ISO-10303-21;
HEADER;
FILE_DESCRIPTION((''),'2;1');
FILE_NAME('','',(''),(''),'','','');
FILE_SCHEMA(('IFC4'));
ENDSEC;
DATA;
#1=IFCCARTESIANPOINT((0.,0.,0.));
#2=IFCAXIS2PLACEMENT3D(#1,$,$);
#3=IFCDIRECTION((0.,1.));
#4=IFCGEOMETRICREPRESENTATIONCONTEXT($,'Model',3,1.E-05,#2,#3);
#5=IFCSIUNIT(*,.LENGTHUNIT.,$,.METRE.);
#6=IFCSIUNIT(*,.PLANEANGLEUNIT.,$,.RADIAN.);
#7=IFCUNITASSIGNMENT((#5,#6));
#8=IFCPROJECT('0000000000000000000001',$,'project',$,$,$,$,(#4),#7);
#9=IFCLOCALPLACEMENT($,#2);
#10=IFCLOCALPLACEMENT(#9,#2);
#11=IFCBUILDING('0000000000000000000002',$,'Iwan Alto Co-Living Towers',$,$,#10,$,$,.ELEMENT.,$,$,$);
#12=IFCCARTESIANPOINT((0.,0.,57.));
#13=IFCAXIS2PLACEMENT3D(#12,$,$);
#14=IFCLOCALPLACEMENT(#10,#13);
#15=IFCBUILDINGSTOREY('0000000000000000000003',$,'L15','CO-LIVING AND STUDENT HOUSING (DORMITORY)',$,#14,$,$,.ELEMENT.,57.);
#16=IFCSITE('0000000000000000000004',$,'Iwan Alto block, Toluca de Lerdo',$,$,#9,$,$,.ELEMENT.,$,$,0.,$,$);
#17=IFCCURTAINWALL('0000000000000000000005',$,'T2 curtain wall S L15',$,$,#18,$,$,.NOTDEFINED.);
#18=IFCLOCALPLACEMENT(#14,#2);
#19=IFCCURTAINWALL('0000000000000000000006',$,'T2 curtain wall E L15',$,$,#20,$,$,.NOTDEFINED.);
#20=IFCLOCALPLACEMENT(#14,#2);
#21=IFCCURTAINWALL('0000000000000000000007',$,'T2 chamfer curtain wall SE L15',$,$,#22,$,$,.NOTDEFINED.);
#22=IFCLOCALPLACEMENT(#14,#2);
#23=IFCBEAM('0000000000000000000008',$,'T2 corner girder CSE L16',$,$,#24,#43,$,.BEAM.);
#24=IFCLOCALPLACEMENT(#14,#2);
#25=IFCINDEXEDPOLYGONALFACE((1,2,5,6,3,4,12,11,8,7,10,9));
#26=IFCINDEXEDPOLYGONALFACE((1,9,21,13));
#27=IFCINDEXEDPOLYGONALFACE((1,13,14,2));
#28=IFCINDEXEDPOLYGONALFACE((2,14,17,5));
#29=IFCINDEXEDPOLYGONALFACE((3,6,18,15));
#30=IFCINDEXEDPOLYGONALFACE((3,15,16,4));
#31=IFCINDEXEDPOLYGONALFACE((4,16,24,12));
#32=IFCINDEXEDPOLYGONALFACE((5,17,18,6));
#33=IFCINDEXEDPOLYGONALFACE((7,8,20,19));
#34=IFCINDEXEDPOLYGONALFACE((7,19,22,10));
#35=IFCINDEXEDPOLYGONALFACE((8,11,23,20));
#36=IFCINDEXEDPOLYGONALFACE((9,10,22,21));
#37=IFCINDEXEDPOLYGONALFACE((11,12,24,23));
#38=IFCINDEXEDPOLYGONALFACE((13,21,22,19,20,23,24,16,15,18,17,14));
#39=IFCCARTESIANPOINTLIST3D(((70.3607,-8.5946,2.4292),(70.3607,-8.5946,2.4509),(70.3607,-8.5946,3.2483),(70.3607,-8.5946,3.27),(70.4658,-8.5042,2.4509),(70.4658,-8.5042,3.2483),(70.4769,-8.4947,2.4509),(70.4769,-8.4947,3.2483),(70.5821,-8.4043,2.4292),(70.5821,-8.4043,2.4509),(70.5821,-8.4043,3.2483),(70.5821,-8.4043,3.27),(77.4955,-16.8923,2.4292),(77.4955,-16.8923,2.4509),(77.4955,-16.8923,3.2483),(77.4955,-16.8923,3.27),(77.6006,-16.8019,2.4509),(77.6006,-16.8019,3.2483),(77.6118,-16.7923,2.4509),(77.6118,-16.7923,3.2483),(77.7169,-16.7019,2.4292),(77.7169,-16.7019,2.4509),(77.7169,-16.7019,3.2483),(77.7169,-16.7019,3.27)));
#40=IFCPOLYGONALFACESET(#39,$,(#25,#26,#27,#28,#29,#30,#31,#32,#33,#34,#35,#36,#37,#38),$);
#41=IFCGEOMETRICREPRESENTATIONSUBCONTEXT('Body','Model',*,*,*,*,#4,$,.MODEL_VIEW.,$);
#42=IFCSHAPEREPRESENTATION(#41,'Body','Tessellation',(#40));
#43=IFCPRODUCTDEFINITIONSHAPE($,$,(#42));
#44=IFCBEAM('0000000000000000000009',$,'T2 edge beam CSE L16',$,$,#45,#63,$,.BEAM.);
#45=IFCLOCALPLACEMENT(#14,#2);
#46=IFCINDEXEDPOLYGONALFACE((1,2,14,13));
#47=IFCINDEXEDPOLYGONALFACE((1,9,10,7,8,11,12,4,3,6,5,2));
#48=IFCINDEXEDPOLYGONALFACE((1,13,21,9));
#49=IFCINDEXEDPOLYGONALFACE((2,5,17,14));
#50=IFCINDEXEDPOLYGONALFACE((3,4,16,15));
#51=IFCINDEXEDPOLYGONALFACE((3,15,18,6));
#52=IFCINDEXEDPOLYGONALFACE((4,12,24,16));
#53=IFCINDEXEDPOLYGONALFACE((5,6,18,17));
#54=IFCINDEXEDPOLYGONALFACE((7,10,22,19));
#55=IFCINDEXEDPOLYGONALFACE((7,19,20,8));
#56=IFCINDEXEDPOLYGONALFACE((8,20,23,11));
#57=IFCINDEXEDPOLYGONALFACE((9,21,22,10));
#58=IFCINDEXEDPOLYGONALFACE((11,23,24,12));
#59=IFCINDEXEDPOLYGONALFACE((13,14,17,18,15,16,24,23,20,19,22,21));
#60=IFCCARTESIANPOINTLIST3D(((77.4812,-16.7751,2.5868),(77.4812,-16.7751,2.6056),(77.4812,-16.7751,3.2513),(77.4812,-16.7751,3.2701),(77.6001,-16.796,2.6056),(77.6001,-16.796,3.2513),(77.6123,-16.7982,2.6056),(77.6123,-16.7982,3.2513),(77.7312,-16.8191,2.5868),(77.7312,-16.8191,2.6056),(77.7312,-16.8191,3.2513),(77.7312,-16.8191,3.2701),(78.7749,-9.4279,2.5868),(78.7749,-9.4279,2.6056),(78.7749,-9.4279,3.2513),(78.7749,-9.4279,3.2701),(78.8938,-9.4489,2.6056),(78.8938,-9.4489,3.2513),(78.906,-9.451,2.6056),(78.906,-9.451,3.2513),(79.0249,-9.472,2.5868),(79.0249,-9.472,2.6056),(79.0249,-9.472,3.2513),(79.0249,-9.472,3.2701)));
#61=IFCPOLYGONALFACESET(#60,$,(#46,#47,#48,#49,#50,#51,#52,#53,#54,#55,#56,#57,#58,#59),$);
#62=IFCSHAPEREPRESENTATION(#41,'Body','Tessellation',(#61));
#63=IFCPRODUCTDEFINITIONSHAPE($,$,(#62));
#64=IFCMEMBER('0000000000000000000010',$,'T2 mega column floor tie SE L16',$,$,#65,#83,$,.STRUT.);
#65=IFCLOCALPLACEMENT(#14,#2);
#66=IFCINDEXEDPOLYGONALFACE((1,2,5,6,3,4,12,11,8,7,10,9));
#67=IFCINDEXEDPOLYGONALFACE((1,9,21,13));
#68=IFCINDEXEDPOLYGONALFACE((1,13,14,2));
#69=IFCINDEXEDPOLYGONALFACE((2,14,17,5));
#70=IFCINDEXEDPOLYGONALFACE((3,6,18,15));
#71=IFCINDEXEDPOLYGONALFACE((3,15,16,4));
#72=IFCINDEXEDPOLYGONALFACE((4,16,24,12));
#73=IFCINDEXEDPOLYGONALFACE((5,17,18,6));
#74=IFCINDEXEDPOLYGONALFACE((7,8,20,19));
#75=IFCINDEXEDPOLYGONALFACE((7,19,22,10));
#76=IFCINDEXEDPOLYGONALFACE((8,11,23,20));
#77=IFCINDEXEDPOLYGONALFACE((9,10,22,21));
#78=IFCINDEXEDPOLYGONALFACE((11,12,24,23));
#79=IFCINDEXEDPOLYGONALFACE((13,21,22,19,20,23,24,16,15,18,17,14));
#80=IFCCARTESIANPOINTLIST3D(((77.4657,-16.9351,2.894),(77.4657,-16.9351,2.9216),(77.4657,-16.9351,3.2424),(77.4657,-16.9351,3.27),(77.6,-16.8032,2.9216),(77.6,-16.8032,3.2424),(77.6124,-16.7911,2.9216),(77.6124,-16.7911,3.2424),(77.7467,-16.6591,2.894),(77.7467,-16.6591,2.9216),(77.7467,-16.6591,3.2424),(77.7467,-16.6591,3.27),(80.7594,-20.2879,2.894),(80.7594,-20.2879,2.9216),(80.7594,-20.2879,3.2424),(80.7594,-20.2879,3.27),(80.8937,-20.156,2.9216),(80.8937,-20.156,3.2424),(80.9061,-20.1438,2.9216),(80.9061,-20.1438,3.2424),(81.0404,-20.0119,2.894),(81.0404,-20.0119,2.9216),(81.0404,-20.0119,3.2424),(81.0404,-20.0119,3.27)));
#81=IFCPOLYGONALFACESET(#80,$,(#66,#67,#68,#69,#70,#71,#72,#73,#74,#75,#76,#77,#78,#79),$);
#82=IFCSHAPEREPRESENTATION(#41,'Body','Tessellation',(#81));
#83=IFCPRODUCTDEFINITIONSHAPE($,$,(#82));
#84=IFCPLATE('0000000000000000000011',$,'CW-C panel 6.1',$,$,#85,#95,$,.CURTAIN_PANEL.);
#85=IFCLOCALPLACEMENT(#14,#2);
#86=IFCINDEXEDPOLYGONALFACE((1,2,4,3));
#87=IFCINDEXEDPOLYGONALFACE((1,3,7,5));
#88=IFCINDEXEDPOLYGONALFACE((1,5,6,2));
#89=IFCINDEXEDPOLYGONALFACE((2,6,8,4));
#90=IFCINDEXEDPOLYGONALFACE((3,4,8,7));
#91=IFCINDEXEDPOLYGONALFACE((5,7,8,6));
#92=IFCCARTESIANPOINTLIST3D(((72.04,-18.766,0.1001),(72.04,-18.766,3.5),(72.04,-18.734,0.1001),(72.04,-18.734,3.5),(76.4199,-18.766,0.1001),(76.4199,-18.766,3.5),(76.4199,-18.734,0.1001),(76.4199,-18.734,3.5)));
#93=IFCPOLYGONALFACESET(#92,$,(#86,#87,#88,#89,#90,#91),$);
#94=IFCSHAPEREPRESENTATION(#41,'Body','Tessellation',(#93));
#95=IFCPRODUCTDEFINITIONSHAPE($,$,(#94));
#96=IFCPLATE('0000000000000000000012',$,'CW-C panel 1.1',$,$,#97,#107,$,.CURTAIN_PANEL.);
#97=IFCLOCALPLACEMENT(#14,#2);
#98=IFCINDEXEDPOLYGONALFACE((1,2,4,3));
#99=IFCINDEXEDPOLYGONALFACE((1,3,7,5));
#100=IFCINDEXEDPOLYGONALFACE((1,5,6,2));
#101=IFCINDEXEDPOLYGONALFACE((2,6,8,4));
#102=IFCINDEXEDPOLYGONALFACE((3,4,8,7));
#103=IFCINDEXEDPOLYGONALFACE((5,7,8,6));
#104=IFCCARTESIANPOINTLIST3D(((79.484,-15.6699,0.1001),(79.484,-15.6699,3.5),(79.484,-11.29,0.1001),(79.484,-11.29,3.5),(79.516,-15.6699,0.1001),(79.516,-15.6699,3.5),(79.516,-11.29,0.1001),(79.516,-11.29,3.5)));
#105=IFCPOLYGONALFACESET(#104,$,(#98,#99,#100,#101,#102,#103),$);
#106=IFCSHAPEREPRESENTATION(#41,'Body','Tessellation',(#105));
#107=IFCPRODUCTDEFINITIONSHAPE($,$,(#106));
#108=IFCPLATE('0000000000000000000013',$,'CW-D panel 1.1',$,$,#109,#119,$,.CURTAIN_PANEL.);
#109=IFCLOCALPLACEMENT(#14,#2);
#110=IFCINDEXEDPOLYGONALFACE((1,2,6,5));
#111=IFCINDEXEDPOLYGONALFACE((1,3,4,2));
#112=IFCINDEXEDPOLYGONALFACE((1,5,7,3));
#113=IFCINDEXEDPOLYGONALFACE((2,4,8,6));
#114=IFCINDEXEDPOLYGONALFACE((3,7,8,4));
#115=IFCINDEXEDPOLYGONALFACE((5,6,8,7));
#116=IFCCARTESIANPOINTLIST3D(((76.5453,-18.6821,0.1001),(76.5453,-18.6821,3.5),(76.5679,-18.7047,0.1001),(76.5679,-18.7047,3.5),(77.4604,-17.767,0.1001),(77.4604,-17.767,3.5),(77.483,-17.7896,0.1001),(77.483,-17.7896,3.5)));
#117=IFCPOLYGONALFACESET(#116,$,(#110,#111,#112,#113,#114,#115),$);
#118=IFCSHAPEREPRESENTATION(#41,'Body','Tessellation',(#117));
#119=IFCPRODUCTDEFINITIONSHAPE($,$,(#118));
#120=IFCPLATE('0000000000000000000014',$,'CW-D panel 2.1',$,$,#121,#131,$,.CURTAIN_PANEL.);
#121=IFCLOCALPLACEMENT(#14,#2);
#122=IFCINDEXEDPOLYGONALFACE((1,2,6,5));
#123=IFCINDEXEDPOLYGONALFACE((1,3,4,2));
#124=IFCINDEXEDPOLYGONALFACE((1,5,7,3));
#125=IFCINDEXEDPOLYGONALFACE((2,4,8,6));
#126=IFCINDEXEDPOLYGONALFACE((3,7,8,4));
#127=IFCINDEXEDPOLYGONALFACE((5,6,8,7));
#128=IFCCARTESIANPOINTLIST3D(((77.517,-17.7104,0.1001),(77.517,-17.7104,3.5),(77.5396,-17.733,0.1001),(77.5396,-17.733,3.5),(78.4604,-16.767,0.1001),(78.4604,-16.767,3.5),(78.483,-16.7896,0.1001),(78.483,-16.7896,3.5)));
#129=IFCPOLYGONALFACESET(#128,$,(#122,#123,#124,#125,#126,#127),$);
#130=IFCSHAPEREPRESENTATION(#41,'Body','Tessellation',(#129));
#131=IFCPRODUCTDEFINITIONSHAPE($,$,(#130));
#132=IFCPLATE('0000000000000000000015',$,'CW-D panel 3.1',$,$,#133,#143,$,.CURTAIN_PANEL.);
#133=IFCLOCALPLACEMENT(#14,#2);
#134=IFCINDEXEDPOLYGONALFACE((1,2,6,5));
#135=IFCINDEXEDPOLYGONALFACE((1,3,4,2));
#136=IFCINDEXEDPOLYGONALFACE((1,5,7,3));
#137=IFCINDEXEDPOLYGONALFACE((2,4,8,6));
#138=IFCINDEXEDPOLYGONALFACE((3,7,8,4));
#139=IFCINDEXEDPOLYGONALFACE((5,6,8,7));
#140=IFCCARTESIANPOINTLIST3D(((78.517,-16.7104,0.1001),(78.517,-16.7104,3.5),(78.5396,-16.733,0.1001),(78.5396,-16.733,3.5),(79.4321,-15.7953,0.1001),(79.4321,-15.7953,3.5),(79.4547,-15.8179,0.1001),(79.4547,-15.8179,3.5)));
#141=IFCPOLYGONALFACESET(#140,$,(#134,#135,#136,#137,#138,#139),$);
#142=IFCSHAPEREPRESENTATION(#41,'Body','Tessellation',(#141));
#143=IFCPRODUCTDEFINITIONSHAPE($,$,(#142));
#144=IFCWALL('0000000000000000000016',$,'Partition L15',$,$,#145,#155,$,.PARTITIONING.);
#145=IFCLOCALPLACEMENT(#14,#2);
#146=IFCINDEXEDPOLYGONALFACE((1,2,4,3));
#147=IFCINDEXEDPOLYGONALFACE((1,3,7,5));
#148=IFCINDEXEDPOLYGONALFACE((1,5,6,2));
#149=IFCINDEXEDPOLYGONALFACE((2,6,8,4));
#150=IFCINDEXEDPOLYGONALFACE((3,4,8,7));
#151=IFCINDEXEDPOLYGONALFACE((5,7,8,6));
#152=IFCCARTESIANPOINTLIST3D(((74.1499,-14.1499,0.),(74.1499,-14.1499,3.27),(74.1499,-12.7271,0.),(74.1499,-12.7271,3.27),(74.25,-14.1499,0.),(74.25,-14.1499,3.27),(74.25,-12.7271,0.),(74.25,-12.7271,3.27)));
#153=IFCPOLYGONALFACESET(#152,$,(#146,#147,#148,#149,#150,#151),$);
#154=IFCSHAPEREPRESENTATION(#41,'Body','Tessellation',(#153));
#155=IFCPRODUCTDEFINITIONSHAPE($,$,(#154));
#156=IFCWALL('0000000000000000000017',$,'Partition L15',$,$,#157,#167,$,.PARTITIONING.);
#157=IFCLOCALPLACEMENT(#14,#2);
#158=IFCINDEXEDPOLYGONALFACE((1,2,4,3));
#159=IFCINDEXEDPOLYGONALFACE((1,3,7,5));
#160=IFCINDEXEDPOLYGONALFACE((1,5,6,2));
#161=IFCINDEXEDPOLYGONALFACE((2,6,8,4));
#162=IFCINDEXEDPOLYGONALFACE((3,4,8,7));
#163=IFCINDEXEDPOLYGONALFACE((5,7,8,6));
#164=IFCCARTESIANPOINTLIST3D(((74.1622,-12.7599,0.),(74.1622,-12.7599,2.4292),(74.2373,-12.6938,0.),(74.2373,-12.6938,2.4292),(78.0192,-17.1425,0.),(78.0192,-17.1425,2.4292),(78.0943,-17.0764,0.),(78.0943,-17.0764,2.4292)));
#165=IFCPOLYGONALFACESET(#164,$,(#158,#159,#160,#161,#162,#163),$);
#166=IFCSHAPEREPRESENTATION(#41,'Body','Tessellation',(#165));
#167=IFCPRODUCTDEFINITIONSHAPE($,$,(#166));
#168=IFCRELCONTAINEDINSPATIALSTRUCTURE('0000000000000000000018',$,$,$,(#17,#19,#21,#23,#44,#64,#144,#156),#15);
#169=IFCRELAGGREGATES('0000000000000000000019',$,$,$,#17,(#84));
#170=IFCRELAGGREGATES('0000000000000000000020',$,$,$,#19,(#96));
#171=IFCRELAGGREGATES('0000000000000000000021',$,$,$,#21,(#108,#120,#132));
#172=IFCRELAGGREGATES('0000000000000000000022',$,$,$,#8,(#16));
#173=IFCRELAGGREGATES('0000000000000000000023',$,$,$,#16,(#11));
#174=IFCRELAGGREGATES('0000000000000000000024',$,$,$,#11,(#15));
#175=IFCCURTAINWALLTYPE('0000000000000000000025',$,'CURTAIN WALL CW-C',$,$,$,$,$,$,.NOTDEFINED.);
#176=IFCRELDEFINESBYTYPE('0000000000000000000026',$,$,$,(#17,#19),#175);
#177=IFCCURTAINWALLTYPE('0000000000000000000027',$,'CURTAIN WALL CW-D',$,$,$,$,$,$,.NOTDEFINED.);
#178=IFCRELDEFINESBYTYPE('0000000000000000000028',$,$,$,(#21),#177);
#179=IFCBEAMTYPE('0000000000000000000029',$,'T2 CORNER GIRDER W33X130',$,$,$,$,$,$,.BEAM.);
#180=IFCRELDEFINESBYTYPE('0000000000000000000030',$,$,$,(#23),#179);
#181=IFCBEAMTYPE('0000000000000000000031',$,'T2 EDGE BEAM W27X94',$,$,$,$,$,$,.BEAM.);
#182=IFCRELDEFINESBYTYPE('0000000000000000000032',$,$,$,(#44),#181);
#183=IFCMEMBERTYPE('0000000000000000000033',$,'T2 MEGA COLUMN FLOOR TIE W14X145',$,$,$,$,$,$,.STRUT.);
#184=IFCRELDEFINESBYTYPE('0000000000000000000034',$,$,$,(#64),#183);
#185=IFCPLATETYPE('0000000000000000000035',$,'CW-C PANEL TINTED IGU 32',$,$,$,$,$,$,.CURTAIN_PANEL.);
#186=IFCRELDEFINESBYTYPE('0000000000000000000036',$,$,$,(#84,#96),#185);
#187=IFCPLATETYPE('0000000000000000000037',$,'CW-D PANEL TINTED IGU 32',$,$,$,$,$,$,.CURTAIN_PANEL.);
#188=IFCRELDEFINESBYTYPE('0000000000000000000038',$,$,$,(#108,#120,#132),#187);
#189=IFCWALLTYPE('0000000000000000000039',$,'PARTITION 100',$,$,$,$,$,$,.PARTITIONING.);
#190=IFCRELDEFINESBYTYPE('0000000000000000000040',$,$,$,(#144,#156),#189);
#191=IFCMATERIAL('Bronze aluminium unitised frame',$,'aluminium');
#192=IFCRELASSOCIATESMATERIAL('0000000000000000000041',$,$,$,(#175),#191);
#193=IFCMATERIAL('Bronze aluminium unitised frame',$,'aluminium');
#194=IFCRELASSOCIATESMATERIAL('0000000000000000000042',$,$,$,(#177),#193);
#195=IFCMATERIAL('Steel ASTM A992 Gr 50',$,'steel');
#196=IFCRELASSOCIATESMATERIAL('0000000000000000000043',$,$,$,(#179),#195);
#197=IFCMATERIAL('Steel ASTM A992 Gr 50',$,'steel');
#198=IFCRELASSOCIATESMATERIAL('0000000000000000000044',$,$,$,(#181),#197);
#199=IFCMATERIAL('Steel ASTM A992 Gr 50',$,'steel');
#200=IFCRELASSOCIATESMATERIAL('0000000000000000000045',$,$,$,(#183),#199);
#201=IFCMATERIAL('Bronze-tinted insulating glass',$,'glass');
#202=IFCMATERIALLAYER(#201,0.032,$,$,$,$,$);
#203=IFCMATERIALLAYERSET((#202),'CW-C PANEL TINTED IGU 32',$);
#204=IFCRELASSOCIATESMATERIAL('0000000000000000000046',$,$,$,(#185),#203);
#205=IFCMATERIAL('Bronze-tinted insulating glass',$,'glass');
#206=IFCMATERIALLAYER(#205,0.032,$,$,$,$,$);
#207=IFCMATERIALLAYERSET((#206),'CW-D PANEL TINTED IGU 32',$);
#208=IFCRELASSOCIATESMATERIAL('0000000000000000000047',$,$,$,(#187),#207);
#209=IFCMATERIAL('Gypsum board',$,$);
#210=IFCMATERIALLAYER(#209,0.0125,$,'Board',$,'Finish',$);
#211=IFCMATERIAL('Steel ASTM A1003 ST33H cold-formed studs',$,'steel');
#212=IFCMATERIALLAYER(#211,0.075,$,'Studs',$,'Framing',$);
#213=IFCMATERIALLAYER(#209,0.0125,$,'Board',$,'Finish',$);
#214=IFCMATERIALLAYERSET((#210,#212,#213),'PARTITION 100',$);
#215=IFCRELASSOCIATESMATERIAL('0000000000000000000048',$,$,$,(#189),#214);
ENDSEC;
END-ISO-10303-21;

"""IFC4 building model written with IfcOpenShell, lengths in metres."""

from ifc_helpers import new_model, si_unit, direction, frame, frame_2d, origin, origin_2d, place, context, subcontext, project, spatial, rectangle, i_section, extrude, material, layer, layer_set, material_profile, profile_set, type_object, element, aggregate, save


model = new_model("IFC4")

# Units and contexts
model_context = context("Model", 3, precision=1e-05, world=origin(), true_north=direction((0.0, 1.0)))
body_context = subcontext(model_context, "Body", "Model", "MODEL_VIEW")
ifc_project = project(units=[si_unit("LENGTHUNIT", "METRE"), si_unit("PLANEANGLEUNIT", "RADIAN")], contexts=[model_context])

# Site, building, storey
site_placement = place(None, origin())
site = spatial("IfcSite", under=ifc_project, at=site_placement, Name="Iwan Alto block, Toluca de Lerdo", CompositionType="ELEMENT", RefElevation=0.0)
building_placement = place(site_placement, origin())
building = spatial("IfcBuilding", under=site, at=building_placement, Name="Iwan Alto Co-Living Towers", CompositionType="ELEMENT")
storey_placement = place(building_placement, frame((0.0, 0.0, 57.0)))
storey = spatial("IfcBuildingStorey", under=building, at=storey_placement, Name="L15", Description="CO-LIVING AND STUDENT HOUSING (DORMITORY)", CompositionType="ELEMENT", Elevation=57.0)

# Curtain wall
ifc_material_1 = material(Name="Bronze aluminium unitised frame", Category="aluminium")
curtain_wall_type_1 = type_object("IfcCurtainWallType", Name="CURTAIN WALL CW-C", PredefinedType="NOTDEFINED", material=ifc_material_1)
curtain_wall_1_placement = place(storey_placement, origin())
curtain_wall_1 = element("IfcCurtainWall", 1, at=curtain_wall_1_placement, inside=storey, type_object=curtain_wall_type_1, Name="T2 curtain wall S L15", PredefinedType="NOTDEFINED")

# Curtain walls
curtain_wall_2_placement = place(storey_placement, origin())
curtain_wall_2 = element("IfcCurtainWall", 2, at=curtain_wall_2_placement, inside=storey, type_object=curtain_wall_type_1, Name="T2 curtain wall E L15", PredefinedType="NOTDEFINED")
ifc_material_2 = material(Name="Bronze aluminium unitised frame", Category="aluminium")
curtain_wall_type_2 = type_object("IfcCurtainWallType", Name="CURTAIN WALL CW-D", PredefinedType="NOTDEFINED", material=ifc_material_2)
curtain_wall_3_placement = place(storey_placement, origin())
curtain_wall_3 = element("IfcCurtainWall", 3, at=curtain_wall_3_placement, inside=storey, type_object=curtain_wall_type_2, Name="T2 chamfer curtain wall SE L15", PredefinedType="NOTDEFINED")

# Beams
ifc_material_3 = material(Name="Steel ASTM A992 Gr 50", Category="steel")
ifc_material_profile_1 = material_profile(ifc_material_3, i_section(OverallWidth=0.292, OverallDepth=0.8408, WebThickness=0.0146, FlangeThickness=0.0217, at=origin_2d()), Name="W33X130")
ifc_profile_set_1 = profile_set([ifc_material_profile_1], Name="Steel ASTM A992 Gr 50")
beam_type_1 = type_object("IfcBeamType", Name="T2 CORNER GIRDER W33X130", PredefinedType="BEAM", material=ifc_profile_set_1)
beam_1_placement = place(storey_placement, frame((77.6062, -16.7971, 2.8496), z_axis=(-0.651977, 0.758238, 0.0), x_axis=(-0.758238, -0.651977, 0.0)))
element("IfcBeam", 4, at=beam_1_placement, inside=storey, type_object=beam_type_1, Name="T2 corner girder CSE L16", PredefinedType="BEAM", context=body_context, shape_type="SweptSolid", body=[
    extrude(i_section(OverallWidth=0.292, OverallDepth=0.8408, WebThickness=0.0146, FlangeThickness=0.0217, at=origin_2d()), origin(), (0.0, 0.0, 1.0), 10.9434),
])
ifc_material_4 = material(Name="Steel ASTM A992 Gr 50", Category="steel")
ifc_material_profile_2 = material_profile(ifc_material_4, i_section(OverallWidth=0.2539, OverallDepth=0.6833, WebThickness=0.0125, FlangeThickness=0.0188, at=origin_2d()), Name="W27X94")
ifc_profile_set_2 = profile_set([ifc_material_profile_2], Name="Steel ASTM A992 Gr 50")
beam_type_2 = type_object("IfcBeamType", Name="T2 EDGE BEAM W27X94", PredefinedType="BEAM", material=ifc_profile_set_2)
beam_2_placement = place(storey_placement, frame((77.6062, -16.7971, 2.9285), z_axis=(0.173414, 0.984849, 0.0), x_axis=(-0.984849, 0.173414, 0.0)))
element("IfcBeam", 5, at=beam_2_placement, inside=storey, type_object=beam_type_2, Name="T2 edge beam CSE L16", PredefinedType="BEAM", context=body_context, shape_type="SweptSolid", body=[
    extrude(i_section(OverallWidth=0.2539, OverallDepth=0.6833, WebThickness=0.0125, FlangeThickness=0.0188, at=origin_2d()), origin(), (0.0, 0.0, 1.0), 7.4602),
])

# Member
ifc_material_5 = material(Name="Steel ASTM A992 Gr 50", Category="steel")
ifc_material_profile_3 = material_profile(ifc_material_5, i_section(OverallWidth=0.3938, OverallDepth=0.376, WebThickness=0.0173, FlangeThickness=0.0276, at=origin_2d()), Name="W14X145")
ifc_profile_set_3 = profile_set([ifc_material_profile_3], Name="Steel ASTM A992 Gr 50")
member_type_1 = type_object("IfcMemberType", Name="T2 MEGA COLUMN FLOOR TIE W14X145", PredefinedType="STRUT", material=ifc_profile_set_3)
member_1_placement = place(storey_placement, frame((80.8999, -20.1499, 3.082), z_axis=(-0.700793, 0.713364, 0.0), x_axis=(-0.713364, -0.700793, 0.0)))
element("IfcMember", 6, at=member_1_placement, inside=storey, type_object=member_type_1, Name="T2 mega column floor tie SE L16", PredefinedType="STRUT", context=body_context, shape_type="SweptSolid", body=[
    extrude(i_section(OverallWidth=0.3938, OverallDepth=0.376, WebThickness=0.0173, FlangeThickness=0.0276, at=origin_2d()), origin(), (0.0, 0.0, 1.0), 4.7),
])

# Plates
ifc_material_6 = material(Name="Bronze-tinted insulating glass", Category="glass")
ifc_layer_1 = layer(ifc_material_6, 0.032)
ifc_layer_set_1 = layer_set([ifc_layer_1], Name="CW-C PANEL TINTED IGU 32")
plate_type_1 = type_object("IfcPlateType", Name="CW-C PANEL TINTED IGU 32", PredefinedType="CURTAIN_PANEL", material=ifc_layer_set_1)
plate_1_placement = place(storey_placement, frame((74.23, -18.75, 0.1001), z_axis=(0.0, 0.0, 1.0), x_axis=(1.0, 0.0, 0.0)))
plate_1 = element("IfcPlate", 7, at=plate_1_placement, type_object=plate_type_1, Name="CW-C panel 6.1", PredefinedType="CURTAIN_PANEL", context=body_context, shape_type="SweptSolid", body=[
    extrude(rectangle(XDim=4.3799, YDim=0.032, at=origin_2d()), origin(), (0.0, 0.0, 1.0), 3.3999),
])
aggregate(curtain_wall_1, [plate_1])
plate_2_placement = place(storey_placement, frame((79.5, -13.48, 0.1001), z_axis=(0.0, 0.0, 1.0), x_axis=(0.0, 1.0, 0.0)))
plate_2 = element("IfcPlate", 8, at=plate_2_placement, type_object=plate_type_1, Name="CW-C panel 1.1", PredefinedType="CURTAIN_PANEL", context=body_context, shape_type="SweptSolid", body=[
    extrude(rectangle(XDim=4.3799, YDim=0.032, at=origin_2d()), origin(), (0.0, 0.0, 1.0), 3.3999),
])
aggregate(curtain_wall_2, [plate_2])
ifc_material_7 = material(Name="Bronze-tinted insulating glass", Category="glass")
ifc_layer_2 = layer(ifc_material_7, 0.032)
ifc_layer_set_2 = layer_set([ifc_layer_2], Name="CW-D PANEL TINTED IGU 32")
plate_type_2 = type_object("IfcPlateType", Name="CW-D PANEL TINTED IGU 32", PredefinedType="CURTAIN_PANEL", material=ifc_layer_set_2)
plate_3_placement = place(storey_placement, frame((77.0142, -18.2358, 0.1001), z_axis=(0.0, 0.0, 1.0), x_axis=(0.707107, 0.707107, 0.0)))
plate_3 = element("IfcPlate", 9, at=plate_3_placement, type_object=plate_type_2, Name="CW-D panel 1.1", PredefinedType="CURTAIN_PANEL", context=body_context, shape_type="SweptSolid", body=[
    extrude(rectangle(XDim=1.2942, YDim=0.032, at=origin_2d()), origin(), (0.0, 0.0, 1.0), 3.3999),
])
plate_4_placement = place(storey_placement, frame((78.0, -17.25, 0.1001), z_axis=(0.0, 0.0, 1.0), x_axis=(0.707107, 0.707107, 0.0)))
plate_4 = element("IfcPlate", 10, at=plate_4_placement, type_object=plate_type_2, Name="CW-D panel 2.1", PredefinedType="CURTAIN_PANEL", context=body_context, shape_type="SweptSolid", body=[
    extrude(rectangle(XDim=1.3342, YDim=0.032, at=origin_2d()), origin(), (0.0, 0.0, 1.0), 3.3999),
])
plate_5_placement = place(storey_placement, frame((78.9858, -16.2642, 0.1001), z_axis=(0.0, 0.0, 1.0), x_axis=(0.707107, 0.707107, 0.0)))
plate_5 = element("IfcPlate", 11, at=plate_5_placement, type_object=plate_type_2, Name="CW-D panel 3.1", PredefinedType="CURTAIN_PANEL", context=body_context, shape_type="SweptSolid", body=[
    extrude(rectangle(XDim=1.2942, YDim=0.032, at=origin_2d()), origin(), (0.0, 0.0, 1.0), 3.3999),
])
aggregate(curtain_wall_3, [plate_3, plate_4, plate_5])

# Walls
ifc_material_8 = material(Name="Gypsum board")
ifc_layer_3 = layer(ifc_material_8, 0.0125, Name="Board", Category="Finish")
ifc_material_9 = material(Name="Steel ASTM A1003 ST33H cold-formed studs", Category="steel")
ifc_layer_4 = layer(ifc_material_9, 0.075, Name="Studs", Category="Framing")
ifc_layer_5 = layer(ifc_material_8, 0.0125, Name="Board", Category="Finish")
ifc_layer_set_3 = layer_set([ifc_layer_3, ifc_layer_4, ifc_layer_5], Name="PARTITION 100")
wall_type = type_object("IfcWallType", Name="PARTITION 100", PredefinedType="PARTITIONING", material=ifc_layer_set_3)
wall_1_placement = place(storey_placement, frame((74.2, -14.1499, 0.0), z_axis=(0.0, 0.0, 1.0), x_axis=(0.0, 1.0, 0.0)))
element("IfcWall", 12, at=wall_1_placement, inside=storey, type_object=wall_type, Name="Partition L15", PredefinedType="PARTITIONING", context=body_context, shape_type="SweptSolid", body=[
    extrude(rectangle(XDim=1.4229, YDim=0.1001, at=frame_2d((0.7114, 0.0))), origin(), (0.0, 0.0, 1.0), 3.27),
])
wall_2_placement = place(storey_placement, frame((78.0566, -17.1094, 0.0), z_axis=(0.0, 0.0, 1.0), x_axis=(-0.660654, 0.75069, 0.0)))
element("IfcWall", 13, at=wall_2_placement, inside=storey, type_object=wall_type, Name="Partition L15", PredefinedType="PARTITIONING", context=body_context, shape_type="SweptSolid", body=[
    extrude(rectangle(XDim=5.8381, YDim=0.1001, at=frame_2d((2.9189, 0.0))), origin(), (0.0, 0.0, 1.0), 2.4292),
])

save(model, "model.ifc")
